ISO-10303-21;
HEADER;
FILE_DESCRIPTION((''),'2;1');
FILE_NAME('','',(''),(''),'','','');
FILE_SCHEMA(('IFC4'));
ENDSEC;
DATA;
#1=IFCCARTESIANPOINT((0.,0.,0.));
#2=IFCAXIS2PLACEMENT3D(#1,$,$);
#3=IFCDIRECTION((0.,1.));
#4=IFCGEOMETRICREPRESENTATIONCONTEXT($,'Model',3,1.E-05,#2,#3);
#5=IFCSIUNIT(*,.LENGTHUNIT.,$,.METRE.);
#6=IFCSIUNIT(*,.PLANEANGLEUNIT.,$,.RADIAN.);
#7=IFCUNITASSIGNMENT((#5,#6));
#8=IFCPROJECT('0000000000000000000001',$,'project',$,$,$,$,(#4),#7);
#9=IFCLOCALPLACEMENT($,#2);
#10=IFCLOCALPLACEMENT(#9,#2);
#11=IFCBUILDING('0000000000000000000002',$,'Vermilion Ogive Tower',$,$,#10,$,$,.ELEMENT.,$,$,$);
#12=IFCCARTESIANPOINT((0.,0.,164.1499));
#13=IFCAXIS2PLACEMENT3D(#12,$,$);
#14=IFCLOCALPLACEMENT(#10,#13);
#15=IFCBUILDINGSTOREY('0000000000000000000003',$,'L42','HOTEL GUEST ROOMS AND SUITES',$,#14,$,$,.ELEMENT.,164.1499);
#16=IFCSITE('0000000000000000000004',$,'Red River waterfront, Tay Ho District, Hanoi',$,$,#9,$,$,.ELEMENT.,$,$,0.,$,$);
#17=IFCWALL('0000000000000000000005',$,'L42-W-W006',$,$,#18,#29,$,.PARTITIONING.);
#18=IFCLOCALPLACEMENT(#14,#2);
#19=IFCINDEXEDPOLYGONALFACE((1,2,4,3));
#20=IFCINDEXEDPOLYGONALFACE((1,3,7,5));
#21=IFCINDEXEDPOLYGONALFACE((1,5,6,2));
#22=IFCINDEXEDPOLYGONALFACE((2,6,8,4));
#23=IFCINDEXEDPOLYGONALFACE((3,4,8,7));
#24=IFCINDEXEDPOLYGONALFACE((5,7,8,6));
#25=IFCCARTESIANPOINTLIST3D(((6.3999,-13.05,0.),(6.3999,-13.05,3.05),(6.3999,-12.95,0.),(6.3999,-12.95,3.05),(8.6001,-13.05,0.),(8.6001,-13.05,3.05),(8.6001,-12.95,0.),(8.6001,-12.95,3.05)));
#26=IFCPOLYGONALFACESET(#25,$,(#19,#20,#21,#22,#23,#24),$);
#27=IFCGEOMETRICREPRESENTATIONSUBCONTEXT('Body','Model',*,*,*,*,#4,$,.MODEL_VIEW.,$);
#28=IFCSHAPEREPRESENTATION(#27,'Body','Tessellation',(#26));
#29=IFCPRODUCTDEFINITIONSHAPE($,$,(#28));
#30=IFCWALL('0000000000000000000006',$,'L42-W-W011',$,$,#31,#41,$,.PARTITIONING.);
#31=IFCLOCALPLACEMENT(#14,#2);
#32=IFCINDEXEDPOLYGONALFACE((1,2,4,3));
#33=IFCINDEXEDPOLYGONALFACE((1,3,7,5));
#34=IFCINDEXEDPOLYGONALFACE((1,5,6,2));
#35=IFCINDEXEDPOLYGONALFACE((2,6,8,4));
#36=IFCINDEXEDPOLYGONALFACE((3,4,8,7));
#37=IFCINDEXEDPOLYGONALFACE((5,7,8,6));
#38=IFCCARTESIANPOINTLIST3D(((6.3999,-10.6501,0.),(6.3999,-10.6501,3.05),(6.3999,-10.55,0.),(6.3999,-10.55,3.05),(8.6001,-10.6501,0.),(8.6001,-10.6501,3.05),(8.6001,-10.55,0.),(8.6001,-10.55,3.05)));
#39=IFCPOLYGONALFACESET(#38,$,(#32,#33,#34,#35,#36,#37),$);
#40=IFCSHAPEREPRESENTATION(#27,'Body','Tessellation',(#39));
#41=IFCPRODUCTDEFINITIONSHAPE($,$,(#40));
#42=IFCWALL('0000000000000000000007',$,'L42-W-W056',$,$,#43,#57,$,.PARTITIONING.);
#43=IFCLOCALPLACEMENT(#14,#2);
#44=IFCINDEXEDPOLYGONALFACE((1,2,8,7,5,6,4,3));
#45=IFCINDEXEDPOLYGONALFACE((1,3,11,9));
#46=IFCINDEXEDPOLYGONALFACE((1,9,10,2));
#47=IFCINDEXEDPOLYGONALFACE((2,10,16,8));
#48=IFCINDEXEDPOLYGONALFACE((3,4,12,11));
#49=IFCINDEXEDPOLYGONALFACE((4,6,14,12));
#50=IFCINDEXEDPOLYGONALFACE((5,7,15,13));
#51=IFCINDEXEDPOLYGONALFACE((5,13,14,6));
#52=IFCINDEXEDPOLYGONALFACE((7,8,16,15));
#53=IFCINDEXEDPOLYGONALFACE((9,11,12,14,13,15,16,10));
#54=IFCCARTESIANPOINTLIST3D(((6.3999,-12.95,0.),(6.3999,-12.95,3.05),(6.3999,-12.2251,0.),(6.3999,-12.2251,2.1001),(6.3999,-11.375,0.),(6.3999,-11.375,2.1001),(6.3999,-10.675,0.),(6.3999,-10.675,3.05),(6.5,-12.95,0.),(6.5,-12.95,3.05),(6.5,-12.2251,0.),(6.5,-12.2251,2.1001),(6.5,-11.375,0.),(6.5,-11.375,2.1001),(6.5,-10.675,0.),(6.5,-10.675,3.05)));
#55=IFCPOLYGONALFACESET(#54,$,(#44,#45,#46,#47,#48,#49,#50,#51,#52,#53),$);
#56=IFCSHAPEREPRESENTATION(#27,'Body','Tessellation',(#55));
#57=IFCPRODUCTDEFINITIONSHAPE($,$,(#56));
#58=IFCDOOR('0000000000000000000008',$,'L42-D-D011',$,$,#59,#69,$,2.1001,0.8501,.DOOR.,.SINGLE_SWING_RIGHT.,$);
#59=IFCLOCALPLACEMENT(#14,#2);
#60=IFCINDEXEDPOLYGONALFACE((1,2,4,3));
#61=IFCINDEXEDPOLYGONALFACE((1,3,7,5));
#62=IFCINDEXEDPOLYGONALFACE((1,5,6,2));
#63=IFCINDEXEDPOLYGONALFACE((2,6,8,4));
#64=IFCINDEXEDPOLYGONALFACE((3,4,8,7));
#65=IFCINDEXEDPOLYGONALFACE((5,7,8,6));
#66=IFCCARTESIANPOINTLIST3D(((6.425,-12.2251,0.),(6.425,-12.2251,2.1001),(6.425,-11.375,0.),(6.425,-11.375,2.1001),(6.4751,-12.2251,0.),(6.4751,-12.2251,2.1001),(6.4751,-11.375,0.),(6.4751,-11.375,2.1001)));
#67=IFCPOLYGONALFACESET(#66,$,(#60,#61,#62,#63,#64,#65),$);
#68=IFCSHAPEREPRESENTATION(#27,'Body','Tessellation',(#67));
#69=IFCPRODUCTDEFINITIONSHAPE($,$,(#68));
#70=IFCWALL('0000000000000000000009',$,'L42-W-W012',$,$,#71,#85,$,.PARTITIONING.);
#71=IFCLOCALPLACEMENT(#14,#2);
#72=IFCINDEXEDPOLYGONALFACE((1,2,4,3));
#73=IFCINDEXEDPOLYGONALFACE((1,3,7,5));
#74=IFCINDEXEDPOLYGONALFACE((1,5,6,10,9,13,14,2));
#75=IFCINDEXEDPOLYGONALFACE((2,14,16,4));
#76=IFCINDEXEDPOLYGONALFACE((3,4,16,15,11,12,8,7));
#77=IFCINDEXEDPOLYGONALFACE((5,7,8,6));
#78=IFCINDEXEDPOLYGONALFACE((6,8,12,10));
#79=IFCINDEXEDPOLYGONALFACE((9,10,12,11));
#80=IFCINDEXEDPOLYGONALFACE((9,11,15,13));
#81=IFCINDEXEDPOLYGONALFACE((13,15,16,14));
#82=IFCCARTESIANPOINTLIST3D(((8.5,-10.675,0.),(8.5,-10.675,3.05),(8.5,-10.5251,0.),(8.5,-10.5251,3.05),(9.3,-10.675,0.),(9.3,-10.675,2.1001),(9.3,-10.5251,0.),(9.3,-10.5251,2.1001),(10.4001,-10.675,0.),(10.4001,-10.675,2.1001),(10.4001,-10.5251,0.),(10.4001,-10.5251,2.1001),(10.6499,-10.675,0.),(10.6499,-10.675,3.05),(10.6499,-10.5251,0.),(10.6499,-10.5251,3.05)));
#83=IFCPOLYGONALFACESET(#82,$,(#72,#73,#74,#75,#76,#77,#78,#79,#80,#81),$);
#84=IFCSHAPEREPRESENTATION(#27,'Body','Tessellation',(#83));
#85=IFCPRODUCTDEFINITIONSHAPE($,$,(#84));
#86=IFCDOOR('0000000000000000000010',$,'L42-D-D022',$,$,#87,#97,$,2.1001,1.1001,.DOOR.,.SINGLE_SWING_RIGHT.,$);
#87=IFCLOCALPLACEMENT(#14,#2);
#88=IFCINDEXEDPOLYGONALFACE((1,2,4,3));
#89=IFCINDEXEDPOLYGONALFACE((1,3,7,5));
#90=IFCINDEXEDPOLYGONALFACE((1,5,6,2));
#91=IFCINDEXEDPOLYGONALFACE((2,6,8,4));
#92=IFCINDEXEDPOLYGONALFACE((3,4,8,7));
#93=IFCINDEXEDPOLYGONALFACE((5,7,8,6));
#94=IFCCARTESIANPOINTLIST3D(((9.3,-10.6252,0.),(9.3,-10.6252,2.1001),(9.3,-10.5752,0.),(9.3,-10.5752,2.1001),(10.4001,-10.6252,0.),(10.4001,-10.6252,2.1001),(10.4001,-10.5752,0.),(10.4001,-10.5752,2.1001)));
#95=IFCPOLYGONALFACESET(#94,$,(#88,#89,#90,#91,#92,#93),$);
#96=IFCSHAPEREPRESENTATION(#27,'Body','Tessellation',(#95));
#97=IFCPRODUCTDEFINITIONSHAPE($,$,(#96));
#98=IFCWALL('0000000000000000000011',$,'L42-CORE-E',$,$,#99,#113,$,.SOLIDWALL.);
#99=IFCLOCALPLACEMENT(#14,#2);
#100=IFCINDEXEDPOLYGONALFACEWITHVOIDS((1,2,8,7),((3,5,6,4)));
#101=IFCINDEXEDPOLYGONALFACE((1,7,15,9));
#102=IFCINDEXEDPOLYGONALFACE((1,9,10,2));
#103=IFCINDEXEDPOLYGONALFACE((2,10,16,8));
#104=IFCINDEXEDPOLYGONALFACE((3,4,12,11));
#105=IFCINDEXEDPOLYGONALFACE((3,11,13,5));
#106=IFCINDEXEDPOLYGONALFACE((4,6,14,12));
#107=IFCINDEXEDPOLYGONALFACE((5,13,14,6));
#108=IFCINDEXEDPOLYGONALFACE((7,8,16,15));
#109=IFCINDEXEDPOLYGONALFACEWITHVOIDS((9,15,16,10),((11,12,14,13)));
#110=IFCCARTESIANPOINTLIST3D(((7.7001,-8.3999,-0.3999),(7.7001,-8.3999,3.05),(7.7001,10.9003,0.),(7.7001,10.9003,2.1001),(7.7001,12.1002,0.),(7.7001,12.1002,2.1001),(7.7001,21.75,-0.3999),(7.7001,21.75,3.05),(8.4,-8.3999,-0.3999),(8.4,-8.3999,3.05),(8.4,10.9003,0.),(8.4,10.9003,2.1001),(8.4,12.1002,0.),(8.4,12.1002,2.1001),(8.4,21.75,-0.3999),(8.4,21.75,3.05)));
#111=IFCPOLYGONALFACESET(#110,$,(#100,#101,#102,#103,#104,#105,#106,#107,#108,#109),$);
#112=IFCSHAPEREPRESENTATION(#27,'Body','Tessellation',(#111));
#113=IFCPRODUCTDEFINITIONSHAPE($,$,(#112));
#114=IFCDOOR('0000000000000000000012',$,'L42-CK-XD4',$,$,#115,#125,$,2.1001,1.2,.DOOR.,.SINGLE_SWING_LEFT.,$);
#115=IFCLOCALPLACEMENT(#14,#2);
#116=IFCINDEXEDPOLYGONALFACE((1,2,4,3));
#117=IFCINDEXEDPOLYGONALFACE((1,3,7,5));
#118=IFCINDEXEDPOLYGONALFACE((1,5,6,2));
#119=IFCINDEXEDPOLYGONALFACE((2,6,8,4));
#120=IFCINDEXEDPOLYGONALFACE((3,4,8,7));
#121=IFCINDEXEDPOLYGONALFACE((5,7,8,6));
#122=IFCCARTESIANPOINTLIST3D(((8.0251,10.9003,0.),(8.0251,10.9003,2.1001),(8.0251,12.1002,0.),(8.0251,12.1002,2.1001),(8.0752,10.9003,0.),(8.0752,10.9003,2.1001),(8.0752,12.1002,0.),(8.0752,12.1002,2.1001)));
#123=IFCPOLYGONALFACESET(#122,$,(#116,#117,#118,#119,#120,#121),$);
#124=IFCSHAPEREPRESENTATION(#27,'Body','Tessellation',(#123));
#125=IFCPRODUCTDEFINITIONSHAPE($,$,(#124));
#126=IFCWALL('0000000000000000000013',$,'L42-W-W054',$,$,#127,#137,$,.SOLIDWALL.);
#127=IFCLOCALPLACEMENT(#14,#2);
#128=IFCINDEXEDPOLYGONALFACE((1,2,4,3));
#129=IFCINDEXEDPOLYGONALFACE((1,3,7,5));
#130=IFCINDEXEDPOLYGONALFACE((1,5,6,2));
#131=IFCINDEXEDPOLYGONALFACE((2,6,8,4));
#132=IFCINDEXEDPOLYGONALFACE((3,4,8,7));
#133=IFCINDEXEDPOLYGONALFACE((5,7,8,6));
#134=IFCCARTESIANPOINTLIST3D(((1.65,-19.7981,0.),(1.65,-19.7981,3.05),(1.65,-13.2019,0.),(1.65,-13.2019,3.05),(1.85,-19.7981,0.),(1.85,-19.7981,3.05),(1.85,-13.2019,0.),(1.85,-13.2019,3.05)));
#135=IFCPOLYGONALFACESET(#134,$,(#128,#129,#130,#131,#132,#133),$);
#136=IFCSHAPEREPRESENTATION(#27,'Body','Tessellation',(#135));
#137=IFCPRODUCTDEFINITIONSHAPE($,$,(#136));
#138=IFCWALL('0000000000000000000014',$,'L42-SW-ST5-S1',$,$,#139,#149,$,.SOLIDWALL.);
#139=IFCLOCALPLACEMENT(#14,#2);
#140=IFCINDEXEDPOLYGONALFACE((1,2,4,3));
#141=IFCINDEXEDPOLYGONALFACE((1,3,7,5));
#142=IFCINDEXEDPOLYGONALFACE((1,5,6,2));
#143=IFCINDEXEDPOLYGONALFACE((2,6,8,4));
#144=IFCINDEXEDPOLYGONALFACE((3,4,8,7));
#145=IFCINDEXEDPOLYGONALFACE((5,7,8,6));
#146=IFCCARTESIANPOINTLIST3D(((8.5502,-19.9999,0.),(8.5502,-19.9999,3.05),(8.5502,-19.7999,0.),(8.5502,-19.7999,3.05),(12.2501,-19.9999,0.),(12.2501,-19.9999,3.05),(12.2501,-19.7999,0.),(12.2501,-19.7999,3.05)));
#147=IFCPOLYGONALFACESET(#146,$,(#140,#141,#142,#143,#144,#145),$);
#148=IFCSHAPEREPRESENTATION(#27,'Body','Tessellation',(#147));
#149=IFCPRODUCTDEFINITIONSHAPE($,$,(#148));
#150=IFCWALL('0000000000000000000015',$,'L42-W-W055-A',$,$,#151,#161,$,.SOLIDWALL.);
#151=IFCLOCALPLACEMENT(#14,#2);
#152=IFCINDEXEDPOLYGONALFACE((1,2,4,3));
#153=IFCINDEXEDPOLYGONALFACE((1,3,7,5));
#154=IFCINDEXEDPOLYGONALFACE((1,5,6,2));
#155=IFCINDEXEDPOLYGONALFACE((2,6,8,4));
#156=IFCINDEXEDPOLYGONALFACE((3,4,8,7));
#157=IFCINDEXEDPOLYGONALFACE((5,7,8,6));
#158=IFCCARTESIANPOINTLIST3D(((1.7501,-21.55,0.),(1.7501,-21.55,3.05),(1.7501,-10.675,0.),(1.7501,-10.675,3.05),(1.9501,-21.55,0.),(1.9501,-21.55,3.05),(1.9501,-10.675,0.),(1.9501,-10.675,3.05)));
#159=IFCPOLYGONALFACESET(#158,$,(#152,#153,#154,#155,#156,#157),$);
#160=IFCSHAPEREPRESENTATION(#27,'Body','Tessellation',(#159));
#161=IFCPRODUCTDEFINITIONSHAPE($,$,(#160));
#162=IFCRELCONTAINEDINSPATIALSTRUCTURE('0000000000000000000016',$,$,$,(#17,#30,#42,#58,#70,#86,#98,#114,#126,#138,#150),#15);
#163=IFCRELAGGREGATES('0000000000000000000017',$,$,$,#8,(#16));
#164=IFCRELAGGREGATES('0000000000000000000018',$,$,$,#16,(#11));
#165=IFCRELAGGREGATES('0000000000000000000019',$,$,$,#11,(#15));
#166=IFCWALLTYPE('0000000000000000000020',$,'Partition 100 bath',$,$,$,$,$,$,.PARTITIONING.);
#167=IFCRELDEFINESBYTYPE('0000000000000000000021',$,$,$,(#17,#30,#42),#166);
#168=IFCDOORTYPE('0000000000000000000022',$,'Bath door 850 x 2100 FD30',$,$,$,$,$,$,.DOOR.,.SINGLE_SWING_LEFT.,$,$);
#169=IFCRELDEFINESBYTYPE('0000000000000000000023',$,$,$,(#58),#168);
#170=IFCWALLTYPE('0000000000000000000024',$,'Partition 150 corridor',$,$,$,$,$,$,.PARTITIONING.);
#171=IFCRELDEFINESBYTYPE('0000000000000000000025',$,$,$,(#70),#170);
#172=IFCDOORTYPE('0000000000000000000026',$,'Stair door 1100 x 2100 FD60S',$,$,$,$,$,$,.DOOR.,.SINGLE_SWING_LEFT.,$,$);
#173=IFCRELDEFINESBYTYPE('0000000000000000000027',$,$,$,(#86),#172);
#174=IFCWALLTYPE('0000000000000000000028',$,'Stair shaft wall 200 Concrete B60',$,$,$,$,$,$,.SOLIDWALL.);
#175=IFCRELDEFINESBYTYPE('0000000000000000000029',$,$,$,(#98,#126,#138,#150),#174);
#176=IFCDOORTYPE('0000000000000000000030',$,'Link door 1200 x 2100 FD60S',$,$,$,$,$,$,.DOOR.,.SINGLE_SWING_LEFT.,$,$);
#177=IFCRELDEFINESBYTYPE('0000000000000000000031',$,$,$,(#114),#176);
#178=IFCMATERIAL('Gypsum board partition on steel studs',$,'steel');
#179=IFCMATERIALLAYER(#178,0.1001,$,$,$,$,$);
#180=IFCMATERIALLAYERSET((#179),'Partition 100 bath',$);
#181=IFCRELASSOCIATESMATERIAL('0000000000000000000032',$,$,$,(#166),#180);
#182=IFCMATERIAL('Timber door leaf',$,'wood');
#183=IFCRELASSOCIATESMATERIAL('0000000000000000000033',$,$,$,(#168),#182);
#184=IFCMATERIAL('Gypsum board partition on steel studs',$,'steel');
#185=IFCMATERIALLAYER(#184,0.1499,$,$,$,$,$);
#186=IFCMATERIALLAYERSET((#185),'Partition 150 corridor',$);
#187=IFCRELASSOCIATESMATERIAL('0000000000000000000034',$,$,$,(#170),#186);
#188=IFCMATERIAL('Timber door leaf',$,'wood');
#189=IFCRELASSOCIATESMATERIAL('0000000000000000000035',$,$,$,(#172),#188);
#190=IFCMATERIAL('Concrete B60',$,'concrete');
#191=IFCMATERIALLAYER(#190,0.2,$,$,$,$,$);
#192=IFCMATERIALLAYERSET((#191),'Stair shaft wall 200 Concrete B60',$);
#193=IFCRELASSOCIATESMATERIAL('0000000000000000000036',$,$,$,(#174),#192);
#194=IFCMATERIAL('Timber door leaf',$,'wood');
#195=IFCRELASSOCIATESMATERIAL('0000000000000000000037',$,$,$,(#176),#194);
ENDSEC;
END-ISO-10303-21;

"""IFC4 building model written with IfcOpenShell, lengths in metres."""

from ifc_helpers import new_model, si_unit, direction, frame, frame_2d, origin, place, context, subcontext, project, spatial, rectangle, extrude, material, layer, layer_set, type_object, element, fill, save


model = new_model("IFC4")

# Units and contexts
model_context = context("Model", 3, precision=1e-05, world=origin(), true_north=direction((0.0, 1.0)))
body_context = subcontext(model_context, "Body", "Model", "MODEL_VIEW")
ifc_project = project(units=[si_unit("LENGTHUNIT", "METRE"), si_unit("PLANEANGLEUNIT", "RADIAN")], contexts=[model_context])

# Site, building, storey
site_placement = place(None, origin())
site = spatial("IfcSite", under=ifc_project, at=site_placement, Name="Red River waterfront, Tay Ho District, Hanoi", CompositionType="ELEMENT", RefElevation=0.0)
building_placement = place(site_placement, origin())
building = spatial("IfcBuilding", under=site, at=building_placement, Name="Vermilion Ogive Tower", CompositionType="ELEMENT")
storey_placement = place(building_placement, frame((0.0, 0.0, 164.1499)))
storey = spatial("IfcBuildingStorey", under=building, at=storey_placement, Name="L42", Description="HOTEL GUEST ROOMS AND SUITES", CompositionType="ELEMENT", Elevation=164.1499)

# Walls
ifc_material_1 = material(Name="Gypsum board partition on steel studs", Category="steel")
ifc_layer_1 = layer(ifc_material_1, 0.1001)
ifc_layer_set_1 = layer_set([ifc_layer_1], Name="Partition 100 bath")
wall_type_1 = type_object("IfcWallType", Name="Partition 100 bath", PredefinedType="PARTITIONING", material=ifc_layer_set_1)
for number, where, z_axis, x_axis, name in (
    (1, (6.3999, -13.0, 0.0), (0.0, 0.0, 1.0), (1.0, 0.0, 0.0), "L42-W-W006"),
    (2, (6.3999, -10.6001, 0.0), (0.0, 0.0, 1.0), (1.0, 0.0, 0.0), "L42-W-W011"),
):
    element("IfcWall", number, at=place(storey_placement, frame(where, z_axis=z_axis, x_axis=x_axis)), inside=storey, type_object=wall_type_1, Name=name, PredefinedType="PARTITIONING", context=body_context, shape_type="SweptSolid", body=[
        extrude(rectangle(XDim=2.2002, YDim=0.1001, at=frame_2d((1.1001, 0.0))), origin(), (0.0, 0.0, 1.0), 3.05),
    ])

# Walls, openings, doors
wall_1_placement = place(storey_placement, frame((6.45, -12.95, 0.0), z_axis=(0.0, 0.0, 1.0), x_axis=(0.0, 1.0, 0.0)))
wall_1 = element("IfcWall", 3, at=wall_1_placement, inside=storey, type_object=wall_type_1, Name="L42-W-W056", PredefinedType="PARTITIONING", context=body_context, shape_type="SweptSolid", body=[
    extrude(rectangle(XDim=2.2749, YDim=0.1001, at=frame_2d((1.1375, 0.0))), origin(), (0.0, 0.0, 1.0), 3.05),
])
opening_1_placement = place(wall_1_placement, frame((0.7249, 0.0, 0.0)))
opening_1 = element("IfcOpeningElement", 4, at=opening_1_placement, cuts=wall_1, PredefinedType="OPENING", context=body_context, shape_type="SweptSolid", body=[
    extrude(rectangle(XDim=0.8501, YDim=2.1001, at=frame_2d((0.425, 1.05))), frame((0.0, 0.0601, 0.0), z_axis=(0.0, -1.0, 0.0), x_axis=(1.0, 0.0, 0.0)), (0.0, 0.0, 1.0), 0.1201),
])
ifc_material_2 = material(Name="Timber door leaf", Category="wood")
door_type_1 = type_object("IfcDoorType", Name="Bath door 850 x 2100 FD30", OperationType="SINGLE_SWING_LEFT", PredefinedType="DOOR", material=ifc_material_2)
door_1_placement = place(opening_1_placement, origin())
door_1 = element("IfcDoor", 5, at=door_1_placement, inside=storey, type_object=door_type_1, Name="L42-D-D011", OperationType="SINGLE_SWING_RIGHT", OverallHeight=2.1001, OverallWidth=0.8501, PredefinedType="DOOR", context=body_context, shape_type="SweptSolid", body=[
    extrude(rectangle(XDim=0.8501, YDim=2.1001, at=frame_2d((0.425, 1.05))), frame((0.0, 0.0249, 0.0), z_axis=(0.0, -1.0, 0.0), x_axis=(1.0, 0.0, 0.0)), (0.0, 0.0, 1.0), 0.05),
])
fill(opening_1, door_1)
ifc_material_3 = material(Name="Gypsum board partition on steel studs", Category="steel")
ifc_layer_2 = layer(ifc_material_3, 0.1499)
ifc_layer_set_2 = layer_set([ifc_layer_2], Name="Partition 150 corridor")
wall_type_2 = type_object("IfcWallType", Name="Partition 150 corridor", PredefinedType="PARTITIONING", material=ifc_layer_set_2)
wall_2_placement = place(storey_placement, frame((8.5, -10.6001, 0.0), z_axis=(0.0, 0.0, 1.0), x_axis=(1.0, 0.0, 0.0)))
wall_2 = element("IfcWall", 6, at=wall_2_placement, inside=storey, type_object=wall_type_2, Name="L42-W-W012", PredefinedType="PARTITIONING", context=body_context, shape_type="SweptSolid", body=[
    extrude(rectangle(XDim=2.1499, YDim=0.1499, at=frame_2d((1.075, 0.0))), origin(), (0.0, 0.0, 1.0), 3.05),
])
opening_2_placement = place(wall_2_placement, frame((0.8, 0.0, 0.0)))
opening_2 = element("IfcOpeningElement", 7, at=opening_2_placement, cuts=wall_2, PredefinedType="OPENING", context=body_context, shape_type="SweptSolid", body=[
    extrude(rectangle(XDim=1.1001, YDim=2.1001, at=frame_2d((0.55, 1.05))), frame((0.0, 0.085, 0.0), z_axis=(0.0, -1.0, 0.0), x_axis=(1.0, 0.0, 0.0)), (0.0, 0.0, 1.0), 0.1699),
])
ifc_material_4 = material(Name="Timber door leaf", Category="wood")
door_type_2 = type_object("IfcDoorType", Name="Stair door 1100 x 2100 FD60S", OperationType="SINGLE_SWING_LEFT", PredefinedType="DOOR", material=ifc_material_4)
door_2_placement = place(opening_2_placement, origin())
door_2 = element("IfcDoor", 8, at=door_2_placement, inside=storey, type_object=door_type_2, Name="L42-D-D022", OperationType="SINGLE_SWING_RIGHT", OverallHeight=2.1001, OverallWidth=1.1001, PredefinedType="DOOR", context=body_context, shape_type="SweptSolid", body=[
    extrude(rectangle(XDim=1.1001, YDim=2.1001, at=frame_2d((0.55, 1.05))), frame((0.0, 0.0249, 0.0), z_axis=(0.0, -1.0, 0.0), x_axis=(1.0, 0.0, 0.0)), (0.0, 0.0, 1.0), 0.05),
])
fill(opening_2, door_2)
ifc_material_5 = material(Name="Concrete B60", Category="concrete")
ifc_layer_3 = layer(ifc_material_5, 0.2)
ifc_layer_set_3 = layer_set([ifc_layer_3], Name="Stair shaft wall 200 Concrete B60")
wall_type_3 = type_object("IfcWallType", Name="Stair shaft wall 200 Concrete B60", PredefinedType="SOLIDWALL", material=ifc_layer_set_3)
wall_3_placement = place(storey_placement, frame((8.05, -8.3999, -0.3999), z_axis=(0.0, 0.0, 1.0), x_axis=(0.0, 1.0, 0.0)))
wall_3 = element("IfcWall", 9, at=wall_3_placement, inside=storey, type_object=wall_type_3, Name="L42-CORE-E", PredefinedType="SOLIDWALL", context=body_context, shape_type="SweptSolid", body=[
    extrude(rectangle(XDim=30.1499, YDim=0.7, at=frame_2d((15.075, 0.0))), origin(), (0.0, 0.0, 1.0), 3.45),
])
opening_3_placement = place(wall_3_placement, frame((19.3, 0.0, 0.3999)))
opening_3 = element("IfcOpeningElement", 10, at=opening_3_placement, cuts=wall_3, PredefinedType="OPENING", context=body_context, shape_type="SweptSolid", body=[
    extrude(rectangle(XDim=1.2, YDim=2.1001, at=frame_2d((0.6001, 1.05))), frame((0.0, 0.3599, 0.0), z_axis=(0.0, -1.0, 0.0), x_axis=(1.0, 0.0, 0.0)), (0.0, 0.0, 1.0), 0.72),
])
ifc_material_6 = material(Name="Timber door leaf", Category="wood")
door_type_3 = type_object("IfcDoorType", Name="Link door 1200 x 2100 FD60S", OperationType="SINGLE_SWING_LEFT", PredefinedType="DOOR", material=ifc_material_6)
door_3_placement = place(opening_3_placement, origin())
door_3 = element("IfcDoor", 11, at=door_3_placement, inside=storey, type_object=door_type_3, Name="L42-CK-XD4", OperationType="SINGLE_SWING_LEFT", OverallHeight=2.1001, OverallWidth=1.2, PredefinedType="DOOR", context=body_context, shape_type="SweptSolid", body=[
    extrude(rectangle(XDim=1.2, YDim=2.1001, at=frame_2d((0.6001, 1.05))), frame((0.0, 0.0249, 0.0), z_axis=(0.0, -1.0, 0.0), x_axis=(1.0, 0.0, 0.0)), (0.0, 0.0, 1.0), 0.05),
])
fill(opening_3, door_3)

# Walls
wall_4_placement = place(storey_placement, frame((1.75, -19.7981, 0.0), z_axis=(0.0, 0.0, 1.0), x_axis=(0.0, 1.0, 0.0)))
element("IfcWall", 12, at=wall_4_placement, inside=storey, type_object=wall_type_3, Name="L42-W-W054", PredefinedType="SOLIDWALL", context=body_context, shape_type="SweptSolid", body=[
    extrude(rectangle(XDim=6.5962, YDim=0.2, at=frame_2d((3.2981, 0.0))), origin(), (0.0, 0.0, 1.0), 3.05),
])
wall_5_placement = place(storey_placement, frame((8.55, -19.8999, 0.0), z_axis=(0.0, 0.0, 1.0), x_axis=(1.0, 0.0, 0.0)))
element("IfcWall", 13, at=wall_5_placement, inside=storey, type_object=wall_type_3, Name="L42-SW-ST5-S1", PredefinedType="SOLIDWALL", context=body_context, shape_type="SweptSolid", body=[
    extrude(rectangle(XDim=3.7, YDim=0.2, at=frame_2d((1.8501, 0.0))), origin(), (0.0, 0.0, 1.0), 3.05),
])
wall_6_placement = place(storey_placement, frame((1.8501, -21.55, 0.0), z_axis=(0.0, 0.0, 1.0), x_axis=(0.0, 1.0, 0.0)))
element("IfcWall", 14, at=wall_6_placement, inside=storey, type_object=wall_type_3, Name="L42-W-W055-A", PredefinedType="SOLIDWALL", context=body_context, shape_type="SweptSolid", body=[
    extrude(rectangle(XDim=10.875, YDim=0.2, at=frame_2d((5.4375, 0.0))), origin(), (0.0, 0.0, 1.0), 3.05),
])

save(model, "model.ifc")
